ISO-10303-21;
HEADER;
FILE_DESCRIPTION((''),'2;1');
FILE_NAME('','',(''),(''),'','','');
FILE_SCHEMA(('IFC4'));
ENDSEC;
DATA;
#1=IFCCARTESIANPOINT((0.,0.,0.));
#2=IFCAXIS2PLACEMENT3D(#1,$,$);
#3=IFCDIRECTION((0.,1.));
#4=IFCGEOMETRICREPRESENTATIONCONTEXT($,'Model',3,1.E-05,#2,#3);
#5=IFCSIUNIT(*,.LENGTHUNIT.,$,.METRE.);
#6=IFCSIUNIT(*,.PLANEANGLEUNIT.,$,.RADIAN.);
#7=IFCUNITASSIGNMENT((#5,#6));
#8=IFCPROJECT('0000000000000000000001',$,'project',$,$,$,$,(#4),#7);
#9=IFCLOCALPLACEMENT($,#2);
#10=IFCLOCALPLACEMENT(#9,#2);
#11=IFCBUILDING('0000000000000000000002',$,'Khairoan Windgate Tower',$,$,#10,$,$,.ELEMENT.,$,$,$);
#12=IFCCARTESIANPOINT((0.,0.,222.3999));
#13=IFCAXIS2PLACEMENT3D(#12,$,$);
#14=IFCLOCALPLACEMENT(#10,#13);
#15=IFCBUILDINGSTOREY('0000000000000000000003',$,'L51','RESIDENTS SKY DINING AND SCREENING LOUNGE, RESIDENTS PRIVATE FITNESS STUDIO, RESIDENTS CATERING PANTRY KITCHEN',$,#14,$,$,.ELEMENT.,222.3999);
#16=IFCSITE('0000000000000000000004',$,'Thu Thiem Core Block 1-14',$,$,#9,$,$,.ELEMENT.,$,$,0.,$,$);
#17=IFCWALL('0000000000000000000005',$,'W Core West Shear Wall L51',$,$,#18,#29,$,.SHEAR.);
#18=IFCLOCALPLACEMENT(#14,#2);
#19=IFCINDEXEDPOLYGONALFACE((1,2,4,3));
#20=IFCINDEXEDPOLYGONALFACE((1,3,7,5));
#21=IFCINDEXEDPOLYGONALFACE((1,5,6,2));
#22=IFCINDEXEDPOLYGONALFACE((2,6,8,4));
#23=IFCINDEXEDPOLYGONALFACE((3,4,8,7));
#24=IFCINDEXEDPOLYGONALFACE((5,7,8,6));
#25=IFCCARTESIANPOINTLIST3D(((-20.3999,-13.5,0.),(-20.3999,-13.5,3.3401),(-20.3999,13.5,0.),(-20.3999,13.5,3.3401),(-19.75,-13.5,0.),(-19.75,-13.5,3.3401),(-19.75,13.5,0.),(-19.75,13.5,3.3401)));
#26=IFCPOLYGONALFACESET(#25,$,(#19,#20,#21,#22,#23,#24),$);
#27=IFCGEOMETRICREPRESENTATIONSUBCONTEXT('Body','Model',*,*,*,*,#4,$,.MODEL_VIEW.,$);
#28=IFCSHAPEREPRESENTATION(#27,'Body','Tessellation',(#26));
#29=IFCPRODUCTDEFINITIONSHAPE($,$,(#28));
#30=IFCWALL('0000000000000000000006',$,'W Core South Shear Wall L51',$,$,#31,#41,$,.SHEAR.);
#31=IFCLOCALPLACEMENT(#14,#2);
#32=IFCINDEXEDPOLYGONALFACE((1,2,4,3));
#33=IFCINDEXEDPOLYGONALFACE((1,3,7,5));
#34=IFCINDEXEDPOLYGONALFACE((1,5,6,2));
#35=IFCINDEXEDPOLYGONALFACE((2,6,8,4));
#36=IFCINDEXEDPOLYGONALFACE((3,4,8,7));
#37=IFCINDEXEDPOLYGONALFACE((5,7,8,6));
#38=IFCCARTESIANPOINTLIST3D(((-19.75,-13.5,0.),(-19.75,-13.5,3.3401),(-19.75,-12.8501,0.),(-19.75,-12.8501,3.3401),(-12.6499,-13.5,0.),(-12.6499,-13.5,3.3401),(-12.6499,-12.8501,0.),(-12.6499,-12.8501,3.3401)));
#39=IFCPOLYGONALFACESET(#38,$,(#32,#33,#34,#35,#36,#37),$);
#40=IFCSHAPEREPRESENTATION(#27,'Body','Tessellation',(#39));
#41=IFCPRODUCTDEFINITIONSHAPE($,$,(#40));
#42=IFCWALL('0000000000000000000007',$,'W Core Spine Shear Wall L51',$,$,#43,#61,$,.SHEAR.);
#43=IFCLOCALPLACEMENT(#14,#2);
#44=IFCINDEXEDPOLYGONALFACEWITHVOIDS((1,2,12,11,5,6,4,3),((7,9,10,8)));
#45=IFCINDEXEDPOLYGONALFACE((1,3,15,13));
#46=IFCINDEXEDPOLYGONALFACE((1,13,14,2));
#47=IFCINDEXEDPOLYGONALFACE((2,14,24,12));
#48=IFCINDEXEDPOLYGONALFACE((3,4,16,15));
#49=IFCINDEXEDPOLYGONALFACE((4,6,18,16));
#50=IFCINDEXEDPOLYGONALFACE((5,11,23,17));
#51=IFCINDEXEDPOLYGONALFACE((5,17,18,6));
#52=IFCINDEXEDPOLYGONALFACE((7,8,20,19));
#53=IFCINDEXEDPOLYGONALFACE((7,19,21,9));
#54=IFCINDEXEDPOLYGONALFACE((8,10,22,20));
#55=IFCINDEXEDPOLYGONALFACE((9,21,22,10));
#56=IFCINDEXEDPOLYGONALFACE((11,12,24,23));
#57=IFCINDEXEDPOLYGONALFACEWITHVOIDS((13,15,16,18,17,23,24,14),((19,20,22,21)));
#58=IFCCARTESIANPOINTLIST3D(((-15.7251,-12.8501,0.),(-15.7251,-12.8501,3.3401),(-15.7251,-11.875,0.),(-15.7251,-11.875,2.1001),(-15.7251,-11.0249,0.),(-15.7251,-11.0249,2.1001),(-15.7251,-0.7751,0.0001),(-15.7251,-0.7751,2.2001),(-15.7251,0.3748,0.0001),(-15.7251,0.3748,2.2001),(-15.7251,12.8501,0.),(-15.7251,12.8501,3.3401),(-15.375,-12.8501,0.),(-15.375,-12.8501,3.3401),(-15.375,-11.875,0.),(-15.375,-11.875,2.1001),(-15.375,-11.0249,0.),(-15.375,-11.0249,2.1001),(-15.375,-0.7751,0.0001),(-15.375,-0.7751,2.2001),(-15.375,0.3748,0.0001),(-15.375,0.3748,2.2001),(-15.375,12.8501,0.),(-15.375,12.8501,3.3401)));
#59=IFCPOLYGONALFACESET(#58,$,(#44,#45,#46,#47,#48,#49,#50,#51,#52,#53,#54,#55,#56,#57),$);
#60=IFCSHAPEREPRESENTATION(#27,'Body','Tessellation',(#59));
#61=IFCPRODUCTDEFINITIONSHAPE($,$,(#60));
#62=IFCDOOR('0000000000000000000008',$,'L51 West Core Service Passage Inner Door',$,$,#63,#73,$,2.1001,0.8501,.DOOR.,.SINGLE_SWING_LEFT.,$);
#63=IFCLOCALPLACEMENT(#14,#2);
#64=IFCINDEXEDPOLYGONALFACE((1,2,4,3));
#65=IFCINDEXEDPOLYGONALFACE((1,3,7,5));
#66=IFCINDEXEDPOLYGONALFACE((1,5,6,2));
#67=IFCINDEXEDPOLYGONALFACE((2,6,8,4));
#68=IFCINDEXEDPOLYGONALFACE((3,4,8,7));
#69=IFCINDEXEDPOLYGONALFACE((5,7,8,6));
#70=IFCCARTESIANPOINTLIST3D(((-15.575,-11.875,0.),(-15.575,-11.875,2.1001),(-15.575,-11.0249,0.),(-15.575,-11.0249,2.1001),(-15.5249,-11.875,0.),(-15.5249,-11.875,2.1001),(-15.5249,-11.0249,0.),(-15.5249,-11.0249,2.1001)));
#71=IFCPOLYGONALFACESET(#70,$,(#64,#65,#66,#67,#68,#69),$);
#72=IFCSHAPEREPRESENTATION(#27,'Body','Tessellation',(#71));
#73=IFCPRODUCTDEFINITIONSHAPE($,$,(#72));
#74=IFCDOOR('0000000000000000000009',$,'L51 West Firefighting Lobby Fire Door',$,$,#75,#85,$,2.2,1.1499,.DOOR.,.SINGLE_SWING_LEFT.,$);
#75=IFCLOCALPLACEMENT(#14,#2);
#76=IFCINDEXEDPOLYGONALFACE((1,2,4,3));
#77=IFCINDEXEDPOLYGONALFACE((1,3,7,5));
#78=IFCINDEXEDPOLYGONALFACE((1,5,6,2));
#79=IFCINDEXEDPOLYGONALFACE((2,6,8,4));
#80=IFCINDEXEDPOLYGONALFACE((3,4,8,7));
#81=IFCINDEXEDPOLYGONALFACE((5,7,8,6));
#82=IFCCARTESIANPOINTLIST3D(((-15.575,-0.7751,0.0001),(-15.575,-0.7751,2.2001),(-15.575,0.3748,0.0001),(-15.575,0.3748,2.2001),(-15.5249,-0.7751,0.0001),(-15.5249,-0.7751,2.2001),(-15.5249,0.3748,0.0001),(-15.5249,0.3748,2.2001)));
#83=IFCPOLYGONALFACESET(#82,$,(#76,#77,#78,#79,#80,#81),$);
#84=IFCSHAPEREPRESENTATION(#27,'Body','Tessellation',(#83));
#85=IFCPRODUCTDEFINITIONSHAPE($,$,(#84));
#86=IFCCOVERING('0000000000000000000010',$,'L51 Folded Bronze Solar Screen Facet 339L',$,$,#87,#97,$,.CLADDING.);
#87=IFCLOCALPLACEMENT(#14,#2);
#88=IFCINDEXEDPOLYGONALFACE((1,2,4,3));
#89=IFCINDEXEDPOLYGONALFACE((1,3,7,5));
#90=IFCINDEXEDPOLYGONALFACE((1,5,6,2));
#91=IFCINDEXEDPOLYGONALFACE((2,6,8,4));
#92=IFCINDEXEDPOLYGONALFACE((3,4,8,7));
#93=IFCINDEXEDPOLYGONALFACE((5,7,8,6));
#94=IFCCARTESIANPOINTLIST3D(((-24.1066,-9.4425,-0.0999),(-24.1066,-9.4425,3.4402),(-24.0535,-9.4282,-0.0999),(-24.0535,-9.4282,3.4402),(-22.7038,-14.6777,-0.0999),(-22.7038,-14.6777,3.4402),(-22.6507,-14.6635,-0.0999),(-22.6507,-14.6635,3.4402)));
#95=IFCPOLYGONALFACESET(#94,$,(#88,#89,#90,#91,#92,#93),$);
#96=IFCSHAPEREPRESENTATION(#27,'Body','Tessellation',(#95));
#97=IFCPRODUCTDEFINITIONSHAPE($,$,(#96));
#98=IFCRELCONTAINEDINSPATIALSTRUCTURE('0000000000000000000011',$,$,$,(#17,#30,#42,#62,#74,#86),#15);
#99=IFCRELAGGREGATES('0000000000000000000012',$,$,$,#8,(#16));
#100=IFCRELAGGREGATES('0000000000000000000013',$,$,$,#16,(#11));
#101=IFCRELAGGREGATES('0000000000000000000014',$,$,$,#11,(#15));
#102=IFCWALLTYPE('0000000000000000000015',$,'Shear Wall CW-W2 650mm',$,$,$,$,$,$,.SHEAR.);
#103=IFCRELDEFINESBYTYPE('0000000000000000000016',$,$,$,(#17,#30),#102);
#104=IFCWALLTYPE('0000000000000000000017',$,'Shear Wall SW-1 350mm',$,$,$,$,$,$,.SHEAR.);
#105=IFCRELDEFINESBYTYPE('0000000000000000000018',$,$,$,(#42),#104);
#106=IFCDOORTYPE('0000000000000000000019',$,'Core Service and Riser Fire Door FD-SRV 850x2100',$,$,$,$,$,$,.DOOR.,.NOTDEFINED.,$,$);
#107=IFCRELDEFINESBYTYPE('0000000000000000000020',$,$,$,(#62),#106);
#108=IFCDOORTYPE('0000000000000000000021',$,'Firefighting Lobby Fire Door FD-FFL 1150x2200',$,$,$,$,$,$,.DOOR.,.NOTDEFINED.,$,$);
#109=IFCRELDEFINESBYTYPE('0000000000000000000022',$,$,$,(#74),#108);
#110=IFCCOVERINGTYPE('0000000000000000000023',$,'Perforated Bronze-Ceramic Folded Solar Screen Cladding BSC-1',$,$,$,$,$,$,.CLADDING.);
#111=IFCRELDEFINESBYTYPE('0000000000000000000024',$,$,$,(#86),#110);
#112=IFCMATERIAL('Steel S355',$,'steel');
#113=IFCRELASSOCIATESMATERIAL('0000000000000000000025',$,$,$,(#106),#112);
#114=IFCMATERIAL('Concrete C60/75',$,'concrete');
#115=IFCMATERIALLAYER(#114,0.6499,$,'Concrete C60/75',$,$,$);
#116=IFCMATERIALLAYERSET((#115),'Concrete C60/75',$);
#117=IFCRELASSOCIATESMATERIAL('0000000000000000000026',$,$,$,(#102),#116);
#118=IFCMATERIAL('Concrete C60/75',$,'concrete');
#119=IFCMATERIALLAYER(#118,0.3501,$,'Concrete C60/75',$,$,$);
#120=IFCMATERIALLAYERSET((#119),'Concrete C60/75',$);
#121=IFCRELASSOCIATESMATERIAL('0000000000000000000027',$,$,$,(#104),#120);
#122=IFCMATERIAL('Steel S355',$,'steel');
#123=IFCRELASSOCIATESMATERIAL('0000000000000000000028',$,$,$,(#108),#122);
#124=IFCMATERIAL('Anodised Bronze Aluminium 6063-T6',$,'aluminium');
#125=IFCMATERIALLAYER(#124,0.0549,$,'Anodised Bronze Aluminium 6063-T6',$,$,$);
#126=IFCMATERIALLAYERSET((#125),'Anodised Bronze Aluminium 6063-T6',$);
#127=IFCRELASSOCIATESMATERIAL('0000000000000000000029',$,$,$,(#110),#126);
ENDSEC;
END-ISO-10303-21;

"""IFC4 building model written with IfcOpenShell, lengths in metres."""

from ifc_helpers import new_model, si_unit, direction, frame, frame_2d, origin, origin_2d, place, context, subcontext, project, spatial, rectangle, extrude, material, layer, layer_set, type_object, element, fill, save


model = new_model("IFC4")

# Units and contexts
model_context = context("Model", 3, precision=1e-05, world=origin(), true_north=direction((0.0, 1.0)))
body_context = subcontext(model_context, "Body", "Model", "MODEL_VIEW")
ifc_project = project(units=[si_unit("LENGTHUNIT", "METRE"), si_unit("PLANEANGLEUNIT", "RADIAN")], contexts=[model_context])

# Site, building, storey
site_placement = place(None, origin())
site = spatial("IfcSite", under=ifc_project, at=site_placement, Name="Thu Thiem Core Block 1-14", CompositionType="ELEMENT", RefElevation=0.0)
building_placement = place(site_placement, origin())
building = spatial("IfcBuilding", under=site, at=building_placement, Name="Khairoan Windgate Tower", CompositionType="ELEMENT")
storey_placement = place(building_placement, frame((0.0, 0.0, 222.3999)))
storey = spatial("IfcBuildingStorey", under=building, at=storey_placement, Name="L51", Description="RESIDENTS SKY DINING AND SCREENING LOUNGE, RESIDENTS PRIVATE FITNESS STUDIO, RESIDENTS CATERING PANTRY KITCHEN", CompositionType="ELEMENT", Elevation=222.3999)

# Shared definitions
ifc_material_1 = material(Name="Steel S355", Category="steel")
door_type_1 = type_object("IfcDoorType", Name="Core Service and Riser Fire Door FD-SRV 850x2100", OperationType="NOTDEFINED", PredefinedType="DOOR", material=ifc_material_1)

# Walls
ifc_material_2 = material(Name="Concrete C60/75", Category="concrete")
ifc_layer_1 = layer(ifc_material_2, 0.6499, Name="Concrete C60/75")
ifc_layer_set_1 = layer_set([ifc_layer_1], Name="Concrete C60/75")
wall_type_1 = type_object("IfcWallType", Name="Shear Wall CW-W2 650mm", PredefinedType="SHEAR", material=ifc_layer_set_1)
wall_1_placement = place(storey_placement, frame((-20.075, -13.5, 0.0), z_axis=(0.0, 0.0, 1.0), x_axis=(0.0, 1.0, 0.0)))
element("IfcWall", 1, at=wall_1_placement, inside=storey, type_object=wall_type_1, Name="W Core West Shear Wall L51", PredefinedType="SHEAR", context=body_context, shape_type="SweptSolid", body=[
    extrude(rectangle(XDim=27.0, YDim=0.6499, at=frame_2d((13.5, 0.0))), origin(), (0.0, 0.0, 1.0), 3.3401),
])
wall_2_placement = place(storey_placement, frame((-19.75, -13.175, 0.0), z_axis=(0.0, 0.0, 1.0), x_axis=(1.0, 0.0, 0.0)))
element("IfcWall", 2, at=wall_2_placement, inside=storey, type_object=wall_type_1, Name="W Core South Shear Wall L51", PredefinedType="SHEAR", context=body_context, shape_type="SweptSolid", body=[
    extrude(rectangle(XDim=7.1001, YDim=0.6499, at=frame_2d((3.55, 0.0))), origin(), (0.0, 0.0, 1.0), 3.3401),
])

# Wall, openings, doors
ifc_material_3 = material(Name="Concrete C60/75", Category="concrete")
ifc_layer_2 = layer(ifc_material_3, 0.3501, Name="Concrete C60/75")
ifc_layer_set_2 = layer_set([ifc_layer_2], Name="Concrete C60/75")
wall_type_2 = type_object("IfcWallType", Name="Shear Wall SW-1 350mm", PredefinedType="SHEAR", material=ifc_layer_set_2)
wall_3_placement = place(storey_placement, frame((-15.55, -12.8501, 0.0), z_axis=(0.0, 0.0, 1.0), x_axis=(0.0, 1.0, 0.0)))
wall_3 = element("IfcWall", 3, at=wall_3_placement, inside=storey, type_object=wall_type_2, Name="W Core Spine Shear Wall L51", PredefinedType="SHEAR", context=body_context, shape_type="SweptSolid", body=[
    extrude(rectangle(XDim=25.7002, YDim=0.3501, at=frame_2d((12.8501, 0.0))), origin(), (0.0, 0.0, 1.0), 3.3401),
])
opening_1_placement = place(wall_3_placement, frame((12.075, 0.0, 0.0)))
opening_1 = element("IfcOpeningElement", 4, at=opening_1_placement, cuts=wall_3, PredefinedType="OPENING", context=body_context, shape_type="SweptSolid", body=[
    extrude(rectangle(XDim=1.1499, YDim=2.2, at=frame_2d((0.575, 1.1001))), frame((0.0, 0.1851, 0.0), z_axis=(0.0, -1.0, 0.0), x_axis=(1.0, 0.0, 0.0)), (0.0, 0.0, 1.0), 0.3701),
])
opening_2_placement = place(wall_3_placement, frame((0.9751, 0.0, 0.0)))
opening_2 = element("IfcOpeningElement", 5, at=opening_2_placement, cuts=wall_3, PredefinedType="OPENING", context=body_context, shape_type="SweptSolid", body=[
    extrude(rectangle(XDim=0.8501, YDim=2.1001, at=frame_2d((0.425, 1.05))), frame((0.0, 0.1851, 0.0), z_axis=(0.0, -1.0, 0.0), x_axis=(1.0, 0.0, 0.0)), (0.0, 0.0, 1.0), 0.3701),
])
door_1_placement = place(opening_2_placement, origin())
door_1 = element("IfcDoor", 6, at=door_1_placement, inside=storey, type_object=door_type_1, Name="L51 West Core Service Passage Inner Door", OperationType="SINGLE_SWING_LEFT", OverallHeight=2.1001, OverallWidth=0.8501, PredefinedType="DOOR", context=body_context, shape_type="SweptSolid", body=[
    extrude(rectangle(XDim=0.8501, YDim=2.1001, at=frame_2d((0.425, 1.05))), frame((0.0, 0.0249, 0.0), z_axis=(0.0, -1.0, 0.0), x_axis=(1.0, 0.0, 0.0)), (0.0, 0.0, 1.0), 0.05),
])
fill(opening_2, door_1)
ifc_material_4 = material(Name="Steel S355", Category="steel")
door_type_2 = type_object("IfcDoorType", Name="Firefighting Lobby Fire Door FD-FFL 1150x2200", OperationType="NOTDEFINED", PredefinedType="DOOR", material=ifc_material_4)
door_2_placement = place(opening_1_placement, origin())
door_2 = element("IfcDoor", 7, at=door_2_placement, inside=storey, type_object=door_type_2, Name="L51 West Firefighting Lobby Fire Door", OperationType="SINGLE_SWING_LEFT", OverallHeight=2.2, OverallWidth=1.1499, PredefinedType="DOOR", context=body_context, shape_type="SweptSolid", body=[
    extrude(rectangle(XDim=1.1499, YDim=2.2, at=frame_2d((0.575, 1.1001))), frame((0.0, 0.0249, 0.0), z_axis=(0.0, -1.0, 0.0), x_axis=(1.0, 0.0, 0.0)), (0.0, 0.0, 1.0), 0.05),
])
fill(opening_1, door_2)

# Covering
ifc_material_5 = material(Name="Anodised Bronze Aluminium 6063-T6", Category="aluminium")
ifc_layer_3 = layer(ifc_material_5, 0.0549, Name="Anodised Bronze Aluminium 6063-T6")
ifc_layer_set_3 = layer_set([ifc_layer_3], Name="Anodised Bronze Aluminium 6063-T6")
covering_type = type_object("IfcCoveringType", Name="Perforated Bronze-Ceramic Folded Solar Screen Cladding BSC-1", PredefinedType="CLADDING", material=ifc_layer_set_3)
covering_placement = place(storey_placement, frame((-23.3787, -12.053, -0.0999), z_axis=(0.0, 0.0, 1.0), x_axis=(-0.258819, 0.965926, 0.0)))
element("IfcCovering", 8, at=covering_placement, inside=storey, type_object=covering_type, Name="L51 Folded Bronze Solar Screen Facet 339L", PredefinedType="CLADDING", context=body_context, shape_type="SweptSolid", body=[
    extrude(rectangle(XDim=5.4199, YDim=0.0549, at=origin_2d()), origin(), (0.0, 0.0, 1.0), 3.54),
])

save(model, "model.ifc")
